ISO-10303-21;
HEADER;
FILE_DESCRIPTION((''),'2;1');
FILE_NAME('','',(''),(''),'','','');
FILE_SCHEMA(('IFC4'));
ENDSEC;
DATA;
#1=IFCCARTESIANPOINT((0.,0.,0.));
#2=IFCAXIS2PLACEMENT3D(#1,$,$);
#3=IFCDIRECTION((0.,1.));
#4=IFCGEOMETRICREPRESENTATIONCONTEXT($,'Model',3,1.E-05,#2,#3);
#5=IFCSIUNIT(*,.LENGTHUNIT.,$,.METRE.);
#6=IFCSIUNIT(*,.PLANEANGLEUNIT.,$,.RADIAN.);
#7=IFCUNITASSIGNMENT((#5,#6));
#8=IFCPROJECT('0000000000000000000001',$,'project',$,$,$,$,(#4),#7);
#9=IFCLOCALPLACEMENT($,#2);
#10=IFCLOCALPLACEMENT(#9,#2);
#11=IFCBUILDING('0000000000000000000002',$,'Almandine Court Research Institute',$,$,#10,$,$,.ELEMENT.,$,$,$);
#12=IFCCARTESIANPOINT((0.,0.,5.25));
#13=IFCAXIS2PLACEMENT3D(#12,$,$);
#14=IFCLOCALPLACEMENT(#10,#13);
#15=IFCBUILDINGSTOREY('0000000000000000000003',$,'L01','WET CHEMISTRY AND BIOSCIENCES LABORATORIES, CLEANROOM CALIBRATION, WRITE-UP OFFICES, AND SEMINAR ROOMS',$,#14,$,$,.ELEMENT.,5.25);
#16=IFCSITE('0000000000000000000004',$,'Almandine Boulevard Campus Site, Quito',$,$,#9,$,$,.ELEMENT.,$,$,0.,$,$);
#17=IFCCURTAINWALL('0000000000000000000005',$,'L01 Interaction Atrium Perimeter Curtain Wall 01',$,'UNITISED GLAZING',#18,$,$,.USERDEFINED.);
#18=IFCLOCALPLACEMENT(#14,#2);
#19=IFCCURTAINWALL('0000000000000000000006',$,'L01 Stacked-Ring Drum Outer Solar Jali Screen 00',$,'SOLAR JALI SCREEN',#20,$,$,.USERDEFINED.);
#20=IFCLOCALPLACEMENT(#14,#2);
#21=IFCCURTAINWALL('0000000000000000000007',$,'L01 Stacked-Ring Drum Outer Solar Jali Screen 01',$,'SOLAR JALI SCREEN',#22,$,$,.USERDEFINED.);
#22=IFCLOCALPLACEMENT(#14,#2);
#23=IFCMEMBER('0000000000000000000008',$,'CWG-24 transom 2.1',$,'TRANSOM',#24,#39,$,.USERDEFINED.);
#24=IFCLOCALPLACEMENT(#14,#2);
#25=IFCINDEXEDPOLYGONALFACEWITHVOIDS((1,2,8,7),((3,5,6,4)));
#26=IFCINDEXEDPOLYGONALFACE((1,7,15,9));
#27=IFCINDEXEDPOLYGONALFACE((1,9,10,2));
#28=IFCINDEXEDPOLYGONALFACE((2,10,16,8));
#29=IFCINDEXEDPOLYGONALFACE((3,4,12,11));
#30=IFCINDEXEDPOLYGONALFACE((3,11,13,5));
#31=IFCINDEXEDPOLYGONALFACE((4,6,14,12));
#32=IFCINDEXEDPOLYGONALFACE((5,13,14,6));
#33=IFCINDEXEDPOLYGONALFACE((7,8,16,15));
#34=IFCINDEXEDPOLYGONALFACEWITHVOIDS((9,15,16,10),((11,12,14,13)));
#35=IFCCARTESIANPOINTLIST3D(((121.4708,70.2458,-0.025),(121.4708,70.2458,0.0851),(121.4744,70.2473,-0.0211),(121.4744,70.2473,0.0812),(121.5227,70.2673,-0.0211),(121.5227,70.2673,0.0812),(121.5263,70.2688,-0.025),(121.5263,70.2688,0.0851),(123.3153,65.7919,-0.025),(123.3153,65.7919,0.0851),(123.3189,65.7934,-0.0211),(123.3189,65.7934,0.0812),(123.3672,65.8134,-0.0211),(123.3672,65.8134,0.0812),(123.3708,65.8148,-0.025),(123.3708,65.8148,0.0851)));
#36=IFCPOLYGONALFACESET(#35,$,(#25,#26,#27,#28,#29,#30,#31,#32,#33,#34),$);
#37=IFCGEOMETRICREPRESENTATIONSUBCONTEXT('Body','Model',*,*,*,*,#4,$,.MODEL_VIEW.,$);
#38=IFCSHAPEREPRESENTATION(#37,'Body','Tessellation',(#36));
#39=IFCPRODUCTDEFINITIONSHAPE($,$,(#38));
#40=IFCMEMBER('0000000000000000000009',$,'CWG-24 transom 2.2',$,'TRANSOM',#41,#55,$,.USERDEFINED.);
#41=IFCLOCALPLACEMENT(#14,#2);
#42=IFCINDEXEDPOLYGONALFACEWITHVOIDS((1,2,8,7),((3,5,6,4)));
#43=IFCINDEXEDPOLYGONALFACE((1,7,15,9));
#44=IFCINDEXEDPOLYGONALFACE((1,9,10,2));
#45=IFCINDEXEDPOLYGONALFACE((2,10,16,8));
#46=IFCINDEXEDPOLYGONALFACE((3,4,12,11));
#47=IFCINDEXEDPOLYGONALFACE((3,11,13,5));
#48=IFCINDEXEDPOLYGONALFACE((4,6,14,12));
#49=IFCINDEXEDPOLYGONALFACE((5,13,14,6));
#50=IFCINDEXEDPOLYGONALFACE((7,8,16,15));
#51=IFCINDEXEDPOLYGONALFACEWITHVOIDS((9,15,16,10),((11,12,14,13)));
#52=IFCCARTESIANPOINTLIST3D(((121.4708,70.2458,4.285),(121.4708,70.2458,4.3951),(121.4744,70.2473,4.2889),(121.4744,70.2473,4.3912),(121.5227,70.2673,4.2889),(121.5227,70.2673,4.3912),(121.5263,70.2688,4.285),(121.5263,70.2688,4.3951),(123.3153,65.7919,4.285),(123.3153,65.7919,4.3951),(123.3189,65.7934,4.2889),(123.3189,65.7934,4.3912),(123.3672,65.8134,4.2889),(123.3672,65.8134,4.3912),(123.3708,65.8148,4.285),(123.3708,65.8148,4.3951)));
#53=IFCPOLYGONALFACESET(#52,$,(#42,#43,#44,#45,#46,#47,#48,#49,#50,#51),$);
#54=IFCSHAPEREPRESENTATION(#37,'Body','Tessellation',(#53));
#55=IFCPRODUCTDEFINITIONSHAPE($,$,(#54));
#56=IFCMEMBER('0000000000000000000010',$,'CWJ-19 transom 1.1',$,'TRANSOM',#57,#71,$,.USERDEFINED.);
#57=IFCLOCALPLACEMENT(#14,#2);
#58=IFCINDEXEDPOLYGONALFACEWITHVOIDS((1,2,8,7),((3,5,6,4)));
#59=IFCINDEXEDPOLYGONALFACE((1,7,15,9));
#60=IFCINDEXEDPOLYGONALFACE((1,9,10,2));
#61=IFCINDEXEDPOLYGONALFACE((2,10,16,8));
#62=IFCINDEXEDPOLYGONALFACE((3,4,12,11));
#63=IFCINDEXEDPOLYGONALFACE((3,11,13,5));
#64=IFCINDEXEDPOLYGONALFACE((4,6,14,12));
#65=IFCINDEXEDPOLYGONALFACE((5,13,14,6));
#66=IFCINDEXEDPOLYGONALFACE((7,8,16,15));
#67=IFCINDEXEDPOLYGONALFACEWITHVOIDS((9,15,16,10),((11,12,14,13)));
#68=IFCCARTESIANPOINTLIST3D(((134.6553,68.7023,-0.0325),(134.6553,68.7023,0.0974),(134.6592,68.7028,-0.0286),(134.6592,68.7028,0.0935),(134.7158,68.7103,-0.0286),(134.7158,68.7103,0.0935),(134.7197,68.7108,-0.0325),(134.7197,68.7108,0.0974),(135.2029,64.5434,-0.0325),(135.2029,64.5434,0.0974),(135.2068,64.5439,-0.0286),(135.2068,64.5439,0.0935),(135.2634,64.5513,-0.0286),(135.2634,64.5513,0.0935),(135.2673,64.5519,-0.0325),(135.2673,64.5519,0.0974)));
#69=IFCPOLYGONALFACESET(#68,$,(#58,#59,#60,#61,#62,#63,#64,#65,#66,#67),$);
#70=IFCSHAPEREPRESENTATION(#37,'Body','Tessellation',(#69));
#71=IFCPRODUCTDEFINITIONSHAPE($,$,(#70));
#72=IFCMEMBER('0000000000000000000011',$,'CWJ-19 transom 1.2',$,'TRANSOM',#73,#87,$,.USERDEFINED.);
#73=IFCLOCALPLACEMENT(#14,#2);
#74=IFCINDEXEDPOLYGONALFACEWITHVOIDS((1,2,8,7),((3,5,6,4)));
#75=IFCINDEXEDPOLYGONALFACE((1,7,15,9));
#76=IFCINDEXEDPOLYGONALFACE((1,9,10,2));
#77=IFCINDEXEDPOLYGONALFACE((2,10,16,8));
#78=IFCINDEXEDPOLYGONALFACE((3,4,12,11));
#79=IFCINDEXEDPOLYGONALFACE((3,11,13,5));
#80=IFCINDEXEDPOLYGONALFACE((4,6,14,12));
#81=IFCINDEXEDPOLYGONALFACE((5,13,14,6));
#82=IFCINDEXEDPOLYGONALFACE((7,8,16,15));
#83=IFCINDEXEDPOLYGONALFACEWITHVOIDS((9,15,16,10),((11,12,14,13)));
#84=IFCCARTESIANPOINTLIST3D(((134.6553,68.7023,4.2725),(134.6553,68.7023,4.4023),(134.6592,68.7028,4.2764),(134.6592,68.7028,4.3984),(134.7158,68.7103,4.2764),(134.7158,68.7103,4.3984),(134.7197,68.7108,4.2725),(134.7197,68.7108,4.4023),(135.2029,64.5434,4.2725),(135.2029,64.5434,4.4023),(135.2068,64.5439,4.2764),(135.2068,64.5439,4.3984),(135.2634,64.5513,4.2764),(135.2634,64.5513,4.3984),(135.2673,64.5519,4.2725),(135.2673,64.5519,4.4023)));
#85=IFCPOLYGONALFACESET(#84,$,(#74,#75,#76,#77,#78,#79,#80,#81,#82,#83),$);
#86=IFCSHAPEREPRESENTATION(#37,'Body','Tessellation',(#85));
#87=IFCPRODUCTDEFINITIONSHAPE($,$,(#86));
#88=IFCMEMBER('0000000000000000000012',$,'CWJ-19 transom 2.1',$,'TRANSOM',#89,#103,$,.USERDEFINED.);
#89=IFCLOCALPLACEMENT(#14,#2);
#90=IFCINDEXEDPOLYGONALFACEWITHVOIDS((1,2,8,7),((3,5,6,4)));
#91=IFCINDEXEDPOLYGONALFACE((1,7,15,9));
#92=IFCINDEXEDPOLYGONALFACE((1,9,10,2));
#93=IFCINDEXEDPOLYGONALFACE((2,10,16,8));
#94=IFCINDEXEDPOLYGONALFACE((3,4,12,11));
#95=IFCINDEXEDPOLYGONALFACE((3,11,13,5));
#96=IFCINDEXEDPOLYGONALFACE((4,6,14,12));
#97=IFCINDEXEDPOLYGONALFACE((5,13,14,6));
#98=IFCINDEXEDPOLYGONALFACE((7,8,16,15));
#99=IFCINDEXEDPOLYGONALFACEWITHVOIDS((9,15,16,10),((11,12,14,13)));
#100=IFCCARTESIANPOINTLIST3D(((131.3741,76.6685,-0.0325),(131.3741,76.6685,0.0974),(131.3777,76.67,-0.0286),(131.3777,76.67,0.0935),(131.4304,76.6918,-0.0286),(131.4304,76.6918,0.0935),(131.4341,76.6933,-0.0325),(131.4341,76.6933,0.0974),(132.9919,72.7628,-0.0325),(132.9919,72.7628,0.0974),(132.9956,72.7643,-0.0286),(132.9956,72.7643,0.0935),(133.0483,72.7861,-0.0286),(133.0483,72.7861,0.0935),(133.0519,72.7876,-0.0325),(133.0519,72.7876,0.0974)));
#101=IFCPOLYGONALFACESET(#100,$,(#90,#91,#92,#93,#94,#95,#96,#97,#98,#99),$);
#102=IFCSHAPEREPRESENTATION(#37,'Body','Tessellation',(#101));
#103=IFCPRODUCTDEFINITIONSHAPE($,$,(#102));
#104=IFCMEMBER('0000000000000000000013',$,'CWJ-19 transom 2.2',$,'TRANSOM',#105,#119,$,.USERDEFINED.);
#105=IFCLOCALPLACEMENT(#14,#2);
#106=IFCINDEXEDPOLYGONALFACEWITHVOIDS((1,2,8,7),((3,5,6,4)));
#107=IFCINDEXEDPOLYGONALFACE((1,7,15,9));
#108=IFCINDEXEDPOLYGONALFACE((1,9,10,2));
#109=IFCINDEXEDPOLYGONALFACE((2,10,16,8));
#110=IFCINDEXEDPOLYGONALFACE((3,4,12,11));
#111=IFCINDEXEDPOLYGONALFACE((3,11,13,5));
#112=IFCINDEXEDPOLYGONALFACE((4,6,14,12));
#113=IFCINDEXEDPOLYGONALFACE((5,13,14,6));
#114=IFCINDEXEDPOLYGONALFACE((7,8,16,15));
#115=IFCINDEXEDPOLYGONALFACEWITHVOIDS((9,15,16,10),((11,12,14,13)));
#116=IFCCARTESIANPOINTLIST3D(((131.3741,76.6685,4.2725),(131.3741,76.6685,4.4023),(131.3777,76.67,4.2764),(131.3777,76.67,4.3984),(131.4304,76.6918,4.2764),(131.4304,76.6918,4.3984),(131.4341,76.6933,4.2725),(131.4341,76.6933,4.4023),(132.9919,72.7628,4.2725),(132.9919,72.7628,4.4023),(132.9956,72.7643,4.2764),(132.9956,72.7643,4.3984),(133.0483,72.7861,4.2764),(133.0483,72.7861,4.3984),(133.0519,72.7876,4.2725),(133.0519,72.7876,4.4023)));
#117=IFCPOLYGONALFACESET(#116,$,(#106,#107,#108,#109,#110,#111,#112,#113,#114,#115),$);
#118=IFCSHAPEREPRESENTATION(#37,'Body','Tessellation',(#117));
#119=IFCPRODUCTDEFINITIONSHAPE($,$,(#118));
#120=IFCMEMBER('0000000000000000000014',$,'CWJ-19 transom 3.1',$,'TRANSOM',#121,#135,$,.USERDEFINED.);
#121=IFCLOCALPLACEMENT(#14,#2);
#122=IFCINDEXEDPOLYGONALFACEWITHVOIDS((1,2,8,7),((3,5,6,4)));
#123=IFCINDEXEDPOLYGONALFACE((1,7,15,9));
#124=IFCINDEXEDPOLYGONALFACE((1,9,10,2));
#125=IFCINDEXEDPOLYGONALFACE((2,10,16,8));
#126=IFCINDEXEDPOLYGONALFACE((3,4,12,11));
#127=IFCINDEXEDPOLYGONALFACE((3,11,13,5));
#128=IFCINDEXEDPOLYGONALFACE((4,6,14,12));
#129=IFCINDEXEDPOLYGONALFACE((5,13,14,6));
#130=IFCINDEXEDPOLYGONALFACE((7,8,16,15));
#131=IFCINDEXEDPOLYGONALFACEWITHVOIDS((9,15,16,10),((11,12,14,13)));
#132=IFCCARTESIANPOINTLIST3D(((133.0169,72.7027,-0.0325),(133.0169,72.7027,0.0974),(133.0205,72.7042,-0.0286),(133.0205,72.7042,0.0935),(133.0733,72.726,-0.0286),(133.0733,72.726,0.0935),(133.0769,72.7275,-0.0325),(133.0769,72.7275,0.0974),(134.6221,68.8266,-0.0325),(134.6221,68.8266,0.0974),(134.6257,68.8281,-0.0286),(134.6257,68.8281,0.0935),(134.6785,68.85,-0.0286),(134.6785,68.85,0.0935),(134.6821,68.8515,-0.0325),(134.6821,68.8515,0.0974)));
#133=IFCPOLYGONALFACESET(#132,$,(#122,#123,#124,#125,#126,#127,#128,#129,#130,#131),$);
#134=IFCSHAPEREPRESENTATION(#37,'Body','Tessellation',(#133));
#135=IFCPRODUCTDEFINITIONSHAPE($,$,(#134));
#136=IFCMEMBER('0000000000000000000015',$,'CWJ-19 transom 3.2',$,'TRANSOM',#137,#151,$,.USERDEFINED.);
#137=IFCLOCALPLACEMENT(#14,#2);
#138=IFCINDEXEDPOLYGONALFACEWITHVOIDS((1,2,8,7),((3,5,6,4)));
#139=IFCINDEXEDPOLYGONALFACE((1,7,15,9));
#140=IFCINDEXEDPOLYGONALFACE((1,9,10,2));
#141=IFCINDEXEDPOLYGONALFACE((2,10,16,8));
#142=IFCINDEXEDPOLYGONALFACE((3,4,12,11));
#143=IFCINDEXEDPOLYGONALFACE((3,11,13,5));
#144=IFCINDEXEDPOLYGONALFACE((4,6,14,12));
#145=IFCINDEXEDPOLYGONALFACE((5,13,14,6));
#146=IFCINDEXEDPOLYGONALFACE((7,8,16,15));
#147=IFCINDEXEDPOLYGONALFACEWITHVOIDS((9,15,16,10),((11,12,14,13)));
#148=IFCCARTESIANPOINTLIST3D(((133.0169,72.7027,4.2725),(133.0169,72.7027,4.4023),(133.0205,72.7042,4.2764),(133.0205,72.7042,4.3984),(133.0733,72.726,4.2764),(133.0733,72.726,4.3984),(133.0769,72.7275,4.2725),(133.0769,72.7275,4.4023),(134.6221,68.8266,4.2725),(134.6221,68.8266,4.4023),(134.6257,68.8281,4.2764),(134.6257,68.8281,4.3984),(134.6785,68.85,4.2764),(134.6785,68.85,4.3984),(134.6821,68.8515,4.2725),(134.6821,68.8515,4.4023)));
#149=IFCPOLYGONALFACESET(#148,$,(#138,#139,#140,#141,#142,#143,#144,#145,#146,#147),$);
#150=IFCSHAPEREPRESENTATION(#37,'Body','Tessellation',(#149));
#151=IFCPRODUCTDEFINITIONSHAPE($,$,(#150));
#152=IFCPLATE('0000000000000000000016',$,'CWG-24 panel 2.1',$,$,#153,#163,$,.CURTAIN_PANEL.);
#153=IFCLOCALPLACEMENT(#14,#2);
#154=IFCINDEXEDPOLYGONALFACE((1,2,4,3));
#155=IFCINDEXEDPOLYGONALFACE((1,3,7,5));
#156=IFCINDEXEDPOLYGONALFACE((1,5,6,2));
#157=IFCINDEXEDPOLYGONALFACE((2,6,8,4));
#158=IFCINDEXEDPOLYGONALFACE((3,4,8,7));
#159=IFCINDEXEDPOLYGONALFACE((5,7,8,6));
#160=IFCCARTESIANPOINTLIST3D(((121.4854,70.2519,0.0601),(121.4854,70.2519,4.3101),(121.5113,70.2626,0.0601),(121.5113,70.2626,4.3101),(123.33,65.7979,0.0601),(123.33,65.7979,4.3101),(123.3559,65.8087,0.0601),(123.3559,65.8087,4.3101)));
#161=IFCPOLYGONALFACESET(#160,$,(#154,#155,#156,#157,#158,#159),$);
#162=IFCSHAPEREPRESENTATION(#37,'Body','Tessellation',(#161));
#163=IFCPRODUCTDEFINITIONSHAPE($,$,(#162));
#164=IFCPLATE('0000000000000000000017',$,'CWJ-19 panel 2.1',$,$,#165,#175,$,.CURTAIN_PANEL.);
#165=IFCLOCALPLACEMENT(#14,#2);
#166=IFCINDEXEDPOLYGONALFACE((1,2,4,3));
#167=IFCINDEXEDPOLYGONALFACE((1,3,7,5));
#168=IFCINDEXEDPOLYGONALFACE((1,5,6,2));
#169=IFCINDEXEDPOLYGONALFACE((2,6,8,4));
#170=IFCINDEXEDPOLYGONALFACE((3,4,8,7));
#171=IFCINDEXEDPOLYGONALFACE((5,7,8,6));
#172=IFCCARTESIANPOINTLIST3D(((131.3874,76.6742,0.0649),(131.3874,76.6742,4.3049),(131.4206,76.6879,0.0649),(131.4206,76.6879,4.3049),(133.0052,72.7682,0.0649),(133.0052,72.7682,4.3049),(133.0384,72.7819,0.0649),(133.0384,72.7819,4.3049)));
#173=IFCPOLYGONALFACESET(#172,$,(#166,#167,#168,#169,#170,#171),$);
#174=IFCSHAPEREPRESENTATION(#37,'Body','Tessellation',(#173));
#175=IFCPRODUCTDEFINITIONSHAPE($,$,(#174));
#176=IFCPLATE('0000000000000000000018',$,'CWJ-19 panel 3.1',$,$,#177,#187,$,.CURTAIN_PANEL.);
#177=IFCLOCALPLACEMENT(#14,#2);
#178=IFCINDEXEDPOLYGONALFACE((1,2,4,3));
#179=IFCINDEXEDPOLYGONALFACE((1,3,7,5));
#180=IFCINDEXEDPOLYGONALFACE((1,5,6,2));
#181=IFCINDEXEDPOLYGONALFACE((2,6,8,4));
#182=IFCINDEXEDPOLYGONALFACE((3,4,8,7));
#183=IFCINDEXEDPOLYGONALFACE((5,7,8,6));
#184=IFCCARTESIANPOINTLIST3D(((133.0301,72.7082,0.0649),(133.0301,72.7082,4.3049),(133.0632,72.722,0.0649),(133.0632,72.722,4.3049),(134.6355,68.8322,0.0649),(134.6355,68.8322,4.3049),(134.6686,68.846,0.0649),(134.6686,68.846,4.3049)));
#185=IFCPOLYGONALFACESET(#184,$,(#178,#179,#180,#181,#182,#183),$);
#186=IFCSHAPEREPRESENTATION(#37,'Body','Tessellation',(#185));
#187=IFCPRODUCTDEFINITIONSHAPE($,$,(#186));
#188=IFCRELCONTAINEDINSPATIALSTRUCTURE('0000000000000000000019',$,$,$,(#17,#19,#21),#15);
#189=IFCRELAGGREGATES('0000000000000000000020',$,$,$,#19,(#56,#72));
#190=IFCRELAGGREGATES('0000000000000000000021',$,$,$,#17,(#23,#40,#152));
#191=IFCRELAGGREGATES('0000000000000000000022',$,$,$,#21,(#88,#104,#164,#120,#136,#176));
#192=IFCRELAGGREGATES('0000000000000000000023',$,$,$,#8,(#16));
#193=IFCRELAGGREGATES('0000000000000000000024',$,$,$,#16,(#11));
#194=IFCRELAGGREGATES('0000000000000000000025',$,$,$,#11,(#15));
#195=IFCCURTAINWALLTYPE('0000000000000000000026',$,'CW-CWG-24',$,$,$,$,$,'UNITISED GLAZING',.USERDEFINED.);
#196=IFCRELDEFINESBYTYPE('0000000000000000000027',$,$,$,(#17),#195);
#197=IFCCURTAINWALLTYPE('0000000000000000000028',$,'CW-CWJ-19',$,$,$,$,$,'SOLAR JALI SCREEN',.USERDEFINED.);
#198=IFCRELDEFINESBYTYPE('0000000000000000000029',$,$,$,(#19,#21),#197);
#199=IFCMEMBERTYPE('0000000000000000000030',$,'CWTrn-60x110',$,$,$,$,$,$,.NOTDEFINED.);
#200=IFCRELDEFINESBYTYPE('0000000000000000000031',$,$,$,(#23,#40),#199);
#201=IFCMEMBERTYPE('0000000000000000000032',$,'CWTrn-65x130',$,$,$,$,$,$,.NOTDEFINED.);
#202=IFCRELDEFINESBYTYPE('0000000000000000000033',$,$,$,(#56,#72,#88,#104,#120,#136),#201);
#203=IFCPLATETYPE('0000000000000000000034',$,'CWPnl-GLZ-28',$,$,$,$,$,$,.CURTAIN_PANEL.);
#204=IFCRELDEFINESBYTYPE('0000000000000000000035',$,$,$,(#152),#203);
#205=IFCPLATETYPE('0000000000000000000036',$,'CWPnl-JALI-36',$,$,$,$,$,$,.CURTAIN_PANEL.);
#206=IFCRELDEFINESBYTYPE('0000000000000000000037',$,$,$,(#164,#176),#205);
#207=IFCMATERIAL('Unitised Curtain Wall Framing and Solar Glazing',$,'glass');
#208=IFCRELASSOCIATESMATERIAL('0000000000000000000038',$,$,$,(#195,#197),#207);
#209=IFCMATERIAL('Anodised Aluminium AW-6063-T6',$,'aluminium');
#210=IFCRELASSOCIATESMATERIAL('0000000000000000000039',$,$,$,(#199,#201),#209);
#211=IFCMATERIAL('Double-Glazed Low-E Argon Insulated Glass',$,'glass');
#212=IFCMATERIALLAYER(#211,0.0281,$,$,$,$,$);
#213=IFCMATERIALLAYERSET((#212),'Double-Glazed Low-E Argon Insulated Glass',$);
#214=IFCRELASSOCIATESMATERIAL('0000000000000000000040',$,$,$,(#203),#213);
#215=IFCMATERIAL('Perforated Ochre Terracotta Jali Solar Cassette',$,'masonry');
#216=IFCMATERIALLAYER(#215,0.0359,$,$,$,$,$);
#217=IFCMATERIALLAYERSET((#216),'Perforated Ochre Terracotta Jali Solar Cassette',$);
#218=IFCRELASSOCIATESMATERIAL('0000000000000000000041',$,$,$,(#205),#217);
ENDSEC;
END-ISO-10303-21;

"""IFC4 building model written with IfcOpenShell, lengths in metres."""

from ifc_helpers import new_model, si_unit, direction, frame, origin, origin_2d, place, context, subcontext, project, spatial, rectangle, hollow_rectangle, extrude, material, layer, layer_set, material_profile, profile_set, type_object, element, aggregate, save


model = new_model("IFC4")

# Units and contexts
model_context = context("Model", 3, precision=1e-05, world=origin(), true_north=direction((0.0, 1.0)))
body_context = subcontext(model_context, "Body", "Model", "MODEL_VIEW")
ifc_project = project(units=[si_unit("LENGTHUNIT", "METRE"), si_unit("PLANEANGLEUNIT", "RADIAN")], contexts=[model_context])

# Site, building, storey
site_placement = place(None, origin())
site = spatial("IfcSite", under=ifc_project, at=site_placement, Name="Almandine Boulevard Campus Site, Quito", CompositionType="ELEMENT", RefElevation=0.0)
building_placement = place(site_placement, origin())
building = spatial("IfcBuilding", under=site, at=building_placement, Name="Almandine Court Research Institute", CompositionType="ELEMENT")
storey_placement = place(building_placement, frame((0.0, 0.0, 5.25)))
storey = spatial("IfcBuildingStorey", under=building, at=storey_placement, Name="L01", Description="WET CHEMISTRY AND BIOSCIENCES LABORATORIES, CLEANROOM CALIBRATION, WRITE-UP OFFICES, AND SEMINAR ROOMS", CompositionType="ELEMENT", Elevation=5.25)

# Curtain walls
ifc_material_1 = material(Name="Unitised Curtain Wall Framing and Solar Glazing", Category="glass")
curtain_wall_type_1 = type_object("IfcCurtainWallType", Name="CW-CWG-24", ElementType="UNITISED GLAZING", PredefinedType="USERDEFINED", material=ifc_material_1)
curtain_wall_1_placement = place(storey_placement, origin())
curtain_wall_1 = element("IfcCurtainWall", 1, at=curtain_wall_1_placement, inside=storey, type_object=curtain_wall_type_1, Name="L01 Interaction Atrium Perimeter Curtain Wall 01", ObjectType="UNITISED GLAZING", PredefinedType="USERDEFINED")
ifc_material_2 = material(Name="Anodised Aluminium AW-6063-T6", Category="aluminium")
curtain_wall_type_2 = type_object("IfcCurtainWallType", Name="CW-CWJ-19", ElementType="SOLAR JALI SCREEN", PredefinedType="USERDEFINED", material=ifc_material_1)
curtain_wall_2_placement = place(storey_placement, origin())
curtain_wall_2 = element("IfcCurtainWall", 2, at=curtain_wall_2_placement, inside=storey, type_object=curtain_wall_type_2, Name="L01 Stacked-Ring Drum Outer Solar Jali Screen 00", ObjectType="SOLAR JALI SCREEN", PredefinedType="USERDEFINED")

# Curtain wall
curtain_wall_3_placement = place(storey_placement, origin())
curtain_wall_3 = element("IfcCurtainWall", 3, at=curtain_wall_3_placement, inside=storey, type_object=curtain_wall_type_2, Name="L01 Stacked-Ring Drum Outer Solar Jali Screen 01", ObjectType="SOLAR JALI SCREEN", PredefinedType="USERDEFINED")

# Members
ifc_material_profile_1 = material_profile(ifc_material_2, hollow_rectangle(XDim=0.0601, YDim=0.1101, WallThickness=0.0039, at=origin_2d()), Name="ALU RHS 60x110x4")
ifc_profile_set_1 = profile_set([ifc_material_profile_1], Name="Anodised Aluminium AW-6063-T6")
member_type_1 = type_object("IfcMemberType", Name="CWTrn-60x110", PredefinedType="NOTDEFINED", material=ifc_profile_set_1)
member_1_placement = place(storey_placement, frame((121.4985, 70.2573, 0.03), z_axis=(0.382619, -0.923906, 0.0), x_axis=(0.923906, 0.382619, 0.0)))
member_1 = element("IfcMember", 4, at=member_1_placement, type_object=member_type_1, Name="CWG-24 transom 2.1", ObjectType="TRANSOM", PredefinedType="USERDEFINED", context=body_context, shape_type="SweptSolid", body=[
    extrude(hollow_rectangle(XDim=0.0601, YDim=0.1101, WallThickness=0.0039, at=origin_2d()), origin(), (0.0, 0.0, 1.0), 4.8208),
])
member_2_placement = place(storey_placement, frame((121.4985, 70.2573, 4.3401), z_axis=(0.382619, -0.923906, 0.0), x_axis=(0.923906, 0.382619, 0.0)))
member_2 = element("IfcMember", 5, at=member_2_placement, type_object=member_type_1, Name="CWG-24 transom 2.2", ObjectType="TRANSOM", PredefinedType="USERDEFINED", context=body_context, shape_type="SweptSolid", body=[
    extrude(hollow_rectangle(XDim=0.0601, YDim=0.1101, WallThickness=0.0039, at=origin_2d()), origin(), (0.0, 0.0, 1.0), 4.8208),
])
ifc_material_profile_2 = material_profile(ifc_material_2, hollow_rectangle(XDim=0.0649, YDim=0.1299, WallThickness=0.0039, at=origin_2d()), Name="ALU RHS 65x130x4")
ifc_profile_set_2 = profile_set([ifc_material_profile_2], Name="Anodised Aluminium AW-6063-T6")
member_type_2 = type_object("IfcMemberType", Name="CWTrn-65x130", PredefinedType="NOTDEFINED", material=ifc_profile_set_2)
member_3_placement = place(storey_placement, frame((134.6875, 68.7065, 0.0325), z_axis=(0.130543, -0.991443, 0.0), x_axis=(0.991443, 0.130543, 0.0)))
member_3 = element("IfcMember", 6, at=member_3_placement, type_object=member_type_2, Name="CWJ-19 transom 1.1", ObjectType="TRANSOM", PredefinedType="USERDEFINED", context=body_context, shape_type="SweptSolid", body=[
    extrude(hollow_rectangle(XDim=0.0649, YDim=0.1299, WallThickness=0.0039, at=origin_2d()), origin(), (0.0, 0.0, 1.0), 4.1948),
])
member_4_placement = place(storey_placement, frame((134.6875, 68.7065, 4.3374), z_axis=(0.130543, -0.991443, 0.0), x_axis=(0.991443, 0.130543, 0.0)))
member_4 = element("IfcMember", 7, at=member_4_placement, type_object=member_type_2, Name="CWJ-19 transom 1.2", ObjectType="TRANSOM", PredefinedType="USERDEFINED", context=body_context, shape_type="SweptSolid", body=[
    extrude(hollow_rectangle(XDim=0.0649, YDim=0.1299, WallThickness=0.0039, at=origin_2d()), origin(), (0.0, 0.0, 1.0), 4.1948),
])
aggregate(curtain_wall_2, [member_3, member_4])
member_5_placement = place(storey_placement, frame((131.4041, 76.6809, 0.0325), z_axis=(0.382704, -0.923871, 0.0), x_axis=(0.923871, 0.382704, 0.0)))
member_5 = element("IfcMember", 8, at=member_5_placement, type_object=member_type_2, Name="CWJ-19 transom 2.1", ObjectType="TRANSOM", PredefinedType="USERDEFINED", context=body_context, shape_type="SweptSolid", body=[
    extrude(hollow_rectangle(XDim=0.0649, YDim=0.1299, WallThickness=0.0039, at=origin_2d()), origin(), (0.0, 0.0, 1.0), 4.2275),
])
member_6_placement = place(storey_placement, frame((131.4041, 76.6809, 4.3374), z_axis=(0.382704, -0.923871, 0.0), x_axis=(0.923871, 0.382704, 0.0)))
member_6 = element("IfcMember", 9, at=member_6_placement, type_object=member_type_2, Name="CWJ-19 transom 2.2", ObjectType="TRANSOM", PredefinedType="USERDEFINED", context=body_context, shape_type="SweptSolid", body=[
    extrude(hollow_rectangle(XDim=0.0649, YDim=0.1299, WallThickness=0.0039, at=origin_2d()), origin(), (0.0, 0.0, 1.0), 4.2275),
])
member_7_placement = place(storey_placement, frame((133.0469, 72.7151, 0.0325), z_axis=(0.382631, -0.923901, 0.0), x_axis=(0.923901, 0.382631, 0.0)))
member_7 = element("IfcMember", 10, at=member_7_placement, type_object=member_type_2, Name="CWJ-19 transom 3.1", ObjectType="TRANSOM", PredefinedType="USERDEFINED", context=body_context, shape_type="SweptSolid", body=[
    extrude(hollow_rectangle(XDim=0.0649, YDim=0.1299, WallThickness=0.0039, at=origin_2d()), origin(), (0.0, 0.0, 1.0), 4.1953),
])
member_8_placement = place(storey_placement, frame((133.0469, 72.7151, 4.3374), z_axis=(0.382631, -0.923901, 0.0), x_axis=(0.923901, 0.382631, 0.0)))
member_8 = element("IfcMember", 11, at=member_8_placement, type_object=member_type_2, Name="CWJ-19 transom 3.2", ObjectType="TRANSOM", PredefinedType="USERDEFINED", context=body_context, shape_type="SweptSolid", body=[
    extrude(hollow_rectangle(XDim=0.0649, YDim=0.1299, WallThickness=0.0039, at=origin_2d()), origin(), (0.0, 0.0, 1.0), 4.1953),
])

# Plates
ifc_material_3 = material(Name="Double-Glazed Low-E Argon Insulated Glass", Category="glass")
ifc_layer_1 = layer(ifc_material_3, 0.0281)
ifc_layer_set_1 = layer_set([ifc_layer_1], Name="Double-Glazed Low-E Argon Insulated Glass")
plate_type_1 = type_object("IfcPlateType", Name="CWPnl-GLZ-28", PredefinedType="CURTAIN_PANEL", material=ifc_layer_set_1)
plate_1_placement = place(storey_placement, frame((122.4207, 68.0303, 0.0601), z_axis=(0.0, 0.0, 1.0), x_axis=(0.382634, -0.9239, 0.0)))
plate_1 = element("IfcPlate", 12, at=plate_1_placement, type_object=plate_type_1, Name="CWG-24 panel 2.1", PredefinedType="CURTAIN_PANEL", context=body_context, shape_type="SweptSolid", body=[
    extrude(rectangle(XDim=4.8208, YDim=0.0281, at=origin_2d()), origin(), (0.0, 0.0, 1.0), 4.25),
])
aggregate(curtain_wall_1, [member_1, member_2, plate_1])
ifc_material_4 = material(Name="Perforated Ochre Terracotta Jali Solar Cassette", Category="masonry")
ifc_layer_2 = layer(ifc_material_4, 0.0359)
ifc_layer_set_2 = layer_set([ifc_layer_2], Name="Perforated Ochre Terracotta Jali Solar Cassette")
plate_type_2 = type_object("IfcPlateType", Name="CWPnl-JALI-36", PredefinedType="CURTAIN_PANEL", material=ifc_layer_set_2)
plate_2_placement = place(storey_placement, frame((132.2129, 74.728, 0.0649), z_axis=(0.0, 0.0, 1.0), x_axis=(0.382663, -0.923888, 0.0)))
plate_2 = element("IfcPlate", 13, at=plate_2_placement, type_object=plate_type_2, Name="CWJ-19 panel 2.1", PredefinedType="CURTAIN_PANEL", context=body_context, shape_type="SweptSolid", body=[
    extrude(rectangle(XDim=4.2278, YDim=0.0359, at=origin_2d()), origin(), (0.0, 0.0, 1.0), 4.24),
])
plate_3_placement = place(storey_placement, frame((133.8494, 70.7771, 0.0649), z_axis=(0.0, 0.0, 1.0), x_axis=(0.382663, -0.923888, 0.0)))
plate_3 = element("IfcPlate", 14, at=plate_3_placement, type_object=plate_type_2, Name="CWJ-19 panel 3.1", PredefinedType="CURTAIN_PANEL", context=body_context, shape_type="SweptSolid", body=[
    extrude(rectangle(XDim=4.1953, YDim=0.0359, at=origin_2d()), origin(), (0.0, 0.0, 1.0), 4.24),
])
aggregate(curtain_wall_3, [member_5, member_6, plate_2, member_7, member_8, plate_3])

save(model, "model.ifc")
